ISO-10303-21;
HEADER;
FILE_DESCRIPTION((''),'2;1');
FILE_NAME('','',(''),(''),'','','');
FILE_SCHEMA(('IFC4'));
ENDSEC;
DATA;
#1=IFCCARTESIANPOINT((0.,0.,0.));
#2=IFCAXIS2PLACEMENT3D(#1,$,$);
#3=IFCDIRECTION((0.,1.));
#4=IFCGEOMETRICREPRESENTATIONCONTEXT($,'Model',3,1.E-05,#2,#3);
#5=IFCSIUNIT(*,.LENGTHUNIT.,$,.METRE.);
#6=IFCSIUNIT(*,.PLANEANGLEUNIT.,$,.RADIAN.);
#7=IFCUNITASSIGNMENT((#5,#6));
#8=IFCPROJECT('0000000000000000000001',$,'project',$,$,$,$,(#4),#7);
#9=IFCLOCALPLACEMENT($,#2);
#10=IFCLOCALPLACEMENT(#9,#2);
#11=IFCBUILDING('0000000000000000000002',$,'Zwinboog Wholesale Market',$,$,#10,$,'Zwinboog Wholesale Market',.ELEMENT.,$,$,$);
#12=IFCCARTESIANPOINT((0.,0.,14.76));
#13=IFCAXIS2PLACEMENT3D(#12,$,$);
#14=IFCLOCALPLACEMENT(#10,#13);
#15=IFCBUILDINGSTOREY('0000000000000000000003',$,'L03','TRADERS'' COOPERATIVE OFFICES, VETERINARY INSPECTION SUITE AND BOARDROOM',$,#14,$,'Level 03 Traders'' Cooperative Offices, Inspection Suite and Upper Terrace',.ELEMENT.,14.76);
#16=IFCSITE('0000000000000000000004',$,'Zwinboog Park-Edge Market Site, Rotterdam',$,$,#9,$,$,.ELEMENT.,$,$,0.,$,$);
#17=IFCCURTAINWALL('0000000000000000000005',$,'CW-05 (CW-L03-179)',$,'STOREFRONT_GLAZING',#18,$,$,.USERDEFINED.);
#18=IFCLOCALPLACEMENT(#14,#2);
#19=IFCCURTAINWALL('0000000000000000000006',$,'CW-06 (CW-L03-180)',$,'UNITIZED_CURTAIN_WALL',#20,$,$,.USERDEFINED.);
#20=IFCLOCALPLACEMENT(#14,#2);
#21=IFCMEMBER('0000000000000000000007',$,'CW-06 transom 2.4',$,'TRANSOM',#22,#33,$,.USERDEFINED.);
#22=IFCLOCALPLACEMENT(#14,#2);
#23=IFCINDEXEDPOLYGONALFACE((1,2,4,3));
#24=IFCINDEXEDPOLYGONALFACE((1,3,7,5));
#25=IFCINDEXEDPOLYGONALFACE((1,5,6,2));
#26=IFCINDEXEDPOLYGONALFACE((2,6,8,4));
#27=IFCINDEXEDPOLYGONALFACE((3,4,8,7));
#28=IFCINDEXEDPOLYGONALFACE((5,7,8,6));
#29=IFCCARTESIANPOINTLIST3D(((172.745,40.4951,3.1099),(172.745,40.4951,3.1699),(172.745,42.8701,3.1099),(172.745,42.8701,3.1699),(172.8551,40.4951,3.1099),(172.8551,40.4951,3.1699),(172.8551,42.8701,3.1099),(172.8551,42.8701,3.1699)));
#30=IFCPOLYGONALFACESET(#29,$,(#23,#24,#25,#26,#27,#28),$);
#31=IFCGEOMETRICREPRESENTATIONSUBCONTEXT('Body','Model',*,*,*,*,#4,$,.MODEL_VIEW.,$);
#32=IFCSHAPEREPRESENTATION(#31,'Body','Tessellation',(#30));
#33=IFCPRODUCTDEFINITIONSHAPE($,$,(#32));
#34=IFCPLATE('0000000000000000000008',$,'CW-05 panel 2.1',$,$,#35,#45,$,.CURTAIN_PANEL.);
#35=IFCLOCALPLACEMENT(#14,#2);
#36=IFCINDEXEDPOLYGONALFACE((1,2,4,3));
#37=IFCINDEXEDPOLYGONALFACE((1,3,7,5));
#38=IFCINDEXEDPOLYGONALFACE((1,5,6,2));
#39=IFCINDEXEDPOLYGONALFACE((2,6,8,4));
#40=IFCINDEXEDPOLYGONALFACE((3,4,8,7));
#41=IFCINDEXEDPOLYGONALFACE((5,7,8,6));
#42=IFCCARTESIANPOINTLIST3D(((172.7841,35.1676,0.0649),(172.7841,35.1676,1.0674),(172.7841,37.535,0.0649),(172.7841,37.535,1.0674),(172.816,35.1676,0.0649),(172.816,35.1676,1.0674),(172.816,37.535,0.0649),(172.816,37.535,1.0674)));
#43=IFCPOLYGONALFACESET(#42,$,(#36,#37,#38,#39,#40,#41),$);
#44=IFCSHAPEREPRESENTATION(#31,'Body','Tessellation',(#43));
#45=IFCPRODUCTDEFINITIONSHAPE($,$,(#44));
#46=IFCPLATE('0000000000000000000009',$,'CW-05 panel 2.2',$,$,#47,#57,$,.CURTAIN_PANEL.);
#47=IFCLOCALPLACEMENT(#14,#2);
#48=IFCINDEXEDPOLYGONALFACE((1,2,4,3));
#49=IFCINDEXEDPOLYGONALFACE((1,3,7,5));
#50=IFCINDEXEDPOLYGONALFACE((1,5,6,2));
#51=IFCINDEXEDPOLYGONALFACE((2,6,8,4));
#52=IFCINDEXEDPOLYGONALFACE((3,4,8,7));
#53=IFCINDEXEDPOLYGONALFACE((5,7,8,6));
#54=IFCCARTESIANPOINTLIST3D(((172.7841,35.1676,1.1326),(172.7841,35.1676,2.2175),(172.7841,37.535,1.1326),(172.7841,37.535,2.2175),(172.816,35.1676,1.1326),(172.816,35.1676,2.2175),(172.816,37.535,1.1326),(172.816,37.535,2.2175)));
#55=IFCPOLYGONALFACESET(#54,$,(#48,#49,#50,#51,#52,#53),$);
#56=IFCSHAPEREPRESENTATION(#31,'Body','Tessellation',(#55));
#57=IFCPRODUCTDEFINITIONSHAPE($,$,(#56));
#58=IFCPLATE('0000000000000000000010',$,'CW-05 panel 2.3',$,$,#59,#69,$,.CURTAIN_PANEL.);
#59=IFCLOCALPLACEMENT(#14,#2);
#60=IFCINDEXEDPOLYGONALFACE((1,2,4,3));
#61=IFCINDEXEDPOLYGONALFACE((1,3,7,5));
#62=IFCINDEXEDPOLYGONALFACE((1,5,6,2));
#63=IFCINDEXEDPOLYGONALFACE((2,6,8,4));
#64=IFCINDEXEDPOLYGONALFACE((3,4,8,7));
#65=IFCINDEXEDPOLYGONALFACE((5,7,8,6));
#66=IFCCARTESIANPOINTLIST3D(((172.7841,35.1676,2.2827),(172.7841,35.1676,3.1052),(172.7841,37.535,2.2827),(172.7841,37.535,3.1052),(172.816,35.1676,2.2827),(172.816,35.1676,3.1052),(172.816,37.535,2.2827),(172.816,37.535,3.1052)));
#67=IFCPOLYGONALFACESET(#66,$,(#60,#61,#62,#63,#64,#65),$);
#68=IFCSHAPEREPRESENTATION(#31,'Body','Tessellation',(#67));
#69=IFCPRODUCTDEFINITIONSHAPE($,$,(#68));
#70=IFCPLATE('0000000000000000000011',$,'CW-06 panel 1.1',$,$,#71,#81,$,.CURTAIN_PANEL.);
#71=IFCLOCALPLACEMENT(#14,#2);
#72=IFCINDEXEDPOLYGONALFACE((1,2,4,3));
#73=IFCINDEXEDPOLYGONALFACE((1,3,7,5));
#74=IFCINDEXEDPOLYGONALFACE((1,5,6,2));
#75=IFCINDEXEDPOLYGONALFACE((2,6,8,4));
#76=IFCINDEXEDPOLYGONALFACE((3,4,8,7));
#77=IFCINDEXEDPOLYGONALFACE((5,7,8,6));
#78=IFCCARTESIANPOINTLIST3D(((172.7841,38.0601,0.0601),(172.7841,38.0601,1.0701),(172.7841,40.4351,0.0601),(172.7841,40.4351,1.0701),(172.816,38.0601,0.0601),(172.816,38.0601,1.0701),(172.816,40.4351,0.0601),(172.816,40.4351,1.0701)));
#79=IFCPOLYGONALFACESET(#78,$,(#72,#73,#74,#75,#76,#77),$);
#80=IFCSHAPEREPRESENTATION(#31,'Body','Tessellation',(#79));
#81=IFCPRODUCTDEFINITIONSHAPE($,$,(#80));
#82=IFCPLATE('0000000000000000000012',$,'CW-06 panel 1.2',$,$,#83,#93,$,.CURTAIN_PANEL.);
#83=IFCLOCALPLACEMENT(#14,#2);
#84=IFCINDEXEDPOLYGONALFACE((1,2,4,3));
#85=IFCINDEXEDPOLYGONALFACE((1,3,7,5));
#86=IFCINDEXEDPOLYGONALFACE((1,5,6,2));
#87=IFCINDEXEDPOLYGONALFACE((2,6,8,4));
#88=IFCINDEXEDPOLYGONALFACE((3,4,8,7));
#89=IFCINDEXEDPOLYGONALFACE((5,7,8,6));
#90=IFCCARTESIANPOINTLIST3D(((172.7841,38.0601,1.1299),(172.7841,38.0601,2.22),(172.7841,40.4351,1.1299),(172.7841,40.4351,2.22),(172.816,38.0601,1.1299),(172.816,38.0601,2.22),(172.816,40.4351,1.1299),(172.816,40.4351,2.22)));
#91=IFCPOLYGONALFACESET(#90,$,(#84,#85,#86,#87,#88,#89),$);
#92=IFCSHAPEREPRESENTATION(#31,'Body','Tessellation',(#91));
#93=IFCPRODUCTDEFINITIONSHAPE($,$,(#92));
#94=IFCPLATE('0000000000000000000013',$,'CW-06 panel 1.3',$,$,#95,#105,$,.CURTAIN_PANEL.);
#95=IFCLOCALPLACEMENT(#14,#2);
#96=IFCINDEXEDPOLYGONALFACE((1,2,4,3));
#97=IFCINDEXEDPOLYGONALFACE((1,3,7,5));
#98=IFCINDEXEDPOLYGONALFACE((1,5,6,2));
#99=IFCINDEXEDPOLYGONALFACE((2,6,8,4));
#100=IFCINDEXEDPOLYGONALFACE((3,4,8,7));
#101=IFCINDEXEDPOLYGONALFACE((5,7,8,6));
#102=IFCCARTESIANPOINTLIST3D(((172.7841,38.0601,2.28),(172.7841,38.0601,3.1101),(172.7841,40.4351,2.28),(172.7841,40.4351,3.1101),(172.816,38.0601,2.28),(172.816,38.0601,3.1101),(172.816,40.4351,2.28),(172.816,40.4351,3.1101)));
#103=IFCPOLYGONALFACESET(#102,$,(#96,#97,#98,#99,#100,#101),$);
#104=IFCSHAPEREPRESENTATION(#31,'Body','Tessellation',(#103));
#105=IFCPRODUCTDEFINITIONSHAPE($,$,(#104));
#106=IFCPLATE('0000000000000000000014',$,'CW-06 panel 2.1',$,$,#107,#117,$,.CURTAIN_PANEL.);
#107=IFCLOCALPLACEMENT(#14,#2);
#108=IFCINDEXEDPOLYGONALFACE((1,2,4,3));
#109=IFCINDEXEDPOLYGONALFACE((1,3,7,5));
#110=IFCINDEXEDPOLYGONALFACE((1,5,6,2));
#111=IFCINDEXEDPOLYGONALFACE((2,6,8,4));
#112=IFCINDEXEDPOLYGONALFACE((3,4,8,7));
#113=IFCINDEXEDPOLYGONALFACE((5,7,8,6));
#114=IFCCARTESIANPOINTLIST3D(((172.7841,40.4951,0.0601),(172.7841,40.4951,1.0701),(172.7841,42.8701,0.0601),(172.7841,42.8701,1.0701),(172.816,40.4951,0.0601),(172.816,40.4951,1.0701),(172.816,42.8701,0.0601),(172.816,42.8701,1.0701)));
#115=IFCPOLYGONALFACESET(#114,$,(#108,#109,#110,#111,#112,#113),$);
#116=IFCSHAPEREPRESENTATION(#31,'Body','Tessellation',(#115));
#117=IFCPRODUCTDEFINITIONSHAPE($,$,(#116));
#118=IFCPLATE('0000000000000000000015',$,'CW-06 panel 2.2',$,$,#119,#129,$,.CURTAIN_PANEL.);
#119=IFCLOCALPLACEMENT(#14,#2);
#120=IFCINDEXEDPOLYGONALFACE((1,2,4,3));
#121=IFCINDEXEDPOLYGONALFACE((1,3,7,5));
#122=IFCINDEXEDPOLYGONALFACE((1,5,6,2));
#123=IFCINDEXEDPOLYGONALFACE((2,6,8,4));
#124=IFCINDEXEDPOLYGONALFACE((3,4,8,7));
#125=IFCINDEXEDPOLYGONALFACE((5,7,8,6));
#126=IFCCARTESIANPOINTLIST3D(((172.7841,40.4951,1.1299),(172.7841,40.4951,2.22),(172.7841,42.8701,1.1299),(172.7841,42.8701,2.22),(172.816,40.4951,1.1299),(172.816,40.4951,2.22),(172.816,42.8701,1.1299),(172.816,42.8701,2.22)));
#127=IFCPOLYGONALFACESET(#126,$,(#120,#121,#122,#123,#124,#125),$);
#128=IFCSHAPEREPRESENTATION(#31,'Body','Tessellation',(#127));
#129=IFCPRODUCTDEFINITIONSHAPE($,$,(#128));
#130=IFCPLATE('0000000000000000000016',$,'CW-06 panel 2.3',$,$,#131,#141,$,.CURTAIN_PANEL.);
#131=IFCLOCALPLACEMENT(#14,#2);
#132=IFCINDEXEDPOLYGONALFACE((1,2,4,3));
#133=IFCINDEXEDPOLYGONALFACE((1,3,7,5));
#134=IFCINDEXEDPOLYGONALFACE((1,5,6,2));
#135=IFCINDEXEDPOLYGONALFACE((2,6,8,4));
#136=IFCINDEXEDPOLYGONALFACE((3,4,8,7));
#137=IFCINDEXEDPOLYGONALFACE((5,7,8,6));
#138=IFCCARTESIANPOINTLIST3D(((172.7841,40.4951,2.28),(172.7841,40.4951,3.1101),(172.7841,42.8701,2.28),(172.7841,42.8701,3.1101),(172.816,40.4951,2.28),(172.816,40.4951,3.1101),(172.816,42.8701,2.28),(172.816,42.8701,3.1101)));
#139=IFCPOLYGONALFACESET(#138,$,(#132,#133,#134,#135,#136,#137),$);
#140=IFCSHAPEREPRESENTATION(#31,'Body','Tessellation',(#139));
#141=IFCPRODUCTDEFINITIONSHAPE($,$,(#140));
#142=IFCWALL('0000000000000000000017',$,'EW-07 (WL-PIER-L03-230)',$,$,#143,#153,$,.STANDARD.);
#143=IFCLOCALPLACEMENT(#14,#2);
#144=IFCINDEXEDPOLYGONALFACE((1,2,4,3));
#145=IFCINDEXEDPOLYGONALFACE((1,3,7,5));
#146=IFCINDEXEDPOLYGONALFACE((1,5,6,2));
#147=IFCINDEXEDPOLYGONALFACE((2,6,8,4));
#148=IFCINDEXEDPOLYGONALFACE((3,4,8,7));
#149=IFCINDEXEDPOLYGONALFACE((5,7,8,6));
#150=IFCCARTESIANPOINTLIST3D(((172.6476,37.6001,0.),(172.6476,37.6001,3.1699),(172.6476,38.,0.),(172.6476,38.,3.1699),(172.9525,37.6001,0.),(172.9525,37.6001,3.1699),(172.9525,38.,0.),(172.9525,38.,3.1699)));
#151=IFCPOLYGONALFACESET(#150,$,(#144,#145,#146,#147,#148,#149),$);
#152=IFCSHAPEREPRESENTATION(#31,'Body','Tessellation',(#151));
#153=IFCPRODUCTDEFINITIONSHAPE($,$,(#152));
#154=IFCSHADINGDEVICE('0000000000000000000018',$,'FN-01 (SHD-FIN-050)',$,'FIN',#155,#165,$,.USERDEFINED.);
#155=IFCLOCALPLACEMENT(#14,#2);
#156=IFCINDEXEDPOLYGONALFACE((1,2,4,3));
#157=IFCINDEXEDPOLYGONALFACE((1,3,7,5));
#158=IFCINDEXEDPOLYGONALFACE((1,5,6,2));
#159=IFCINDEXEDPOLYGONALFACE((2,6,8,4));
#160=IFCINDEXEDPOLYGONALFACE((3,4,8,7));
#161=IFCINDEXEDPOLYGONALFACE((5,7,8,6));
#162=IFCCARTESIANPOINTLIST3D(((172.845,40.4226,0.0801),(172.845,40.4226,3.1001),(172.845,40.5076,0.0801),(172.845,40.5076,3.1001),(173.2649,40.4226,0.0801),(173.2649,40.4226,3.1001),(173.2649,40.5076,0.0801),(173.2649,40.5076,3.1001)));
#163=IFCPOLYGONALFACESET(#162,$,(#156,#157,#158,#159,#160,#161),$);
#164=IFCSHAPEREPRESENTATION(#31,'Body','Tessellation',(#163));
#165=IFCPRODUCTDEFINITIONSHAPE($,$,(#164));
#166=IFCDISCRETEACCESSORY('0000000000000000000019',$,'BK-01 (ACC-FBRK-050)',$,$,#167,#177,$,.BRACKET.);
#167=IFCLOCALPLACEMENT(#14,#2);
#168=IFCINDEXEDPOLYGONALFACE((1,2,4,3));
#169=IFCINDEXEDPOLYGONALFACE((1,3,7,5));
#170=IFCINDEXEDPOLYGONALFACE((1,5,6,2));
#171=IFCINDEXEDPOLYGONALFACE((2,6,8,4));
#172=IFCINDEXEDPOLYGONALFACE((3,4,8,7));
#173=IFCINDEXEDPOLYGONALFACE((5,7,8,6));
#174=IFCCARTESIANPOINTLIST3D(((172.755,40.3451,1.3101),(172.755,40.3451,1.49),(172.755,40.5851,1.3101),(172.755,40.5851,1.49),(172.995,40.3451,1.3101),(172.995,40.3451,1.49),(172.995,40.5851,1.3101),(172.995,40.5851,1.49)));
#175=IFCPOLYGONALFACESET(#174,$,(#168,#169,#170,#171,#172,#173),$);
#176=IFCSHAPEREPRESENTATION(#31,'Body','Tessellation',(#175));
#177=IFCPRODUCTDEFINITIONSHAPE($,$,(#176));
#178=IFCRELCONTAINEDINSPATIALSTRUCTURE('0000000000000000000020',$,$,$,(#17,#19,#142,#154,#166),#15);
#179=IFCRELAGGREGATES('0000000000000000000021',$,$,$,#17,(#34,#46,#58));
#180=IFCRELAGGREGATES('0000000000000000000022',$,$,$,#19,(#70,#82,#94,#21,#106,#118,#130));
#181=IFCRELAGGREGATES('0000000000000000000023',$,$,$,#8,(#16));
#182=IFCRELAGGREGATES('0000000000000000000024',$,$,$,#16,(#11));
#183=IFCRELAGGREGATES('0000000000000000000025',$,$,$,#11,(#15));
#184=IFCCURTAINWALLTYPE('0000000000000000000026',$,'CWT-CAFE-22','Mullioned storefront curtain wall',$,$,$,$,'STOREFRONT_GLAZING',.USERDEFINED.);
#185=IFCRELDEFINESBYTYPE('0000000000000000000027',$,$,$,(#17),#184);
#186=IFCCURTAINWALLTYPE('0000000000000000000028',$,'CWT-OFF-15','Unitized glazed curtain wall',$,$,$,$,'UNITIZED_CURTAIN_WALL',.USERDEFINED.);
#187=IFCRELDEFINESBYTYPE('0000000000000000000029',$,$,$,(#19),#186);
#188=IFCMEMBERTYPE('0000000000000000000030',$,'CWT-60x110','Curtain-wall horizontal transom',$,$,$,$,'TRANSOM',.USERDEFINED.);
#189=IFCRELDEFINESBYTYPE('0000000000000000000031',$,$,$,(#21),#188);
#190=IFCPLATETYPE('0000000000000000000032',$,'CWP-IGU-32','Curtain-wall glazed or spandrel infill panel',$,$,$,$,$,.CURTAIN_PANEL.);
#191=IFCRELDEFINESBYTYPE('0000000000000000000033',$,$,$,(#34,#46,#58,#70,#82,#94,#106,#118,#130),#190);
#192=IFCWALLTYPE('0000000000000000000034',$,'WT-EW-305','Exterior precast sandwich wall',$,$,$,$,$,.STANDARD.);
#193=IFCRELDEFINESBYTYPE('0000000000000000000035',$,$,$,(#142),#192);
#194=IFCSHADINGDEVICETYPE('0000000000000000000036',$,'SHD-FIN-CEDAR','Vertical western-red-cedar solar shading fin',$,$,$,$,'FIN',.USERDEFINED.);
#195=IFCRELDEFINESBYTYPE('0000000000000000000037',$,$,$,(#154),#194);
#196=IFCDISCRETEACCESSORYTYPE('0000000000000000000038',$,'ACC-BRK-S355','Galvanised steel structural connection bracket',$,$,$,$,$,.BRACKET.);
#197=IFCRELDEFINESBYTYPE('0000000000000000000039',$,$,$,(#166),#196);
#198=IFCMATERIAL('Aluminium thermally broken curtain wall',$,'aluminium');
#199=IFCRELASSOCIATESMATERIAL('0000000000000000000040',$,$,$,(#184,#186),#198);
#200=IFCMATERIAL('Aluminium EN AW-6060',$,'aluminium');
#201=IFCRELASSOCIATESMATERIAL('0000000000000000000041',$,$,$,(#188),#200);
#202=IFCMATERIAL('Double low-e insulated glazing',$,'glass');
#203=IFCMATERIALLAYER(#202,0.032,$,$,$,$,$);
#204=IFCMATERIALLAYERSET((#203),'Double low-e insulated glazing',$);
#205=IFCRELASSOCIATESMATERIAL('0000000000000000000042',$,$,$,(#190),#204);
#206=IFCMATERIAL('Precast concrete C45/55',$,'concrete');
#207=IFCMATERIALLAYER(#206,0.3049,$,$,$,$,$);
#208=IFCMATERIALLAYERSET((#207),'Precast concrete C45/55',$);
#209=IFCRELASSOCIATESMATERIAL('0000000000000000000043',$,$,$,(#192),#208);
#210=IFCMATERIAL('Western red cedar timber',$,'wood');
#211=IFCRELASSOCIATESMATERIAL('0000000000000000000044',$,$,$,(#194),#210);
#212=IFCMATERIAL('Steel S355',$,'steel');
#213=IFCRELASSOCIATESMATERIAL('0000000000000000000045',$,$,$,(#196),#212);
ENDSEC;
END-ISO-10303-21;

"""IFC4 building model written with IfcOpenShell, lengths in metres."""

from ifc_helpers import new_model, si_unit, direction, frame, frame_2d, origin, origin_2d, place, context, subcontext, project, spatial, rectangle, extrude, material, layer, layer_set, material_profile, profile_set, type_object, element, aggregate, save


model = new_model("IFC4")

# Units and contexts
model_context = context("Model", 3, precision=1e-05, world=origin(), true_north=direction((0.0, 1.0)))
body_context = subcontext(model_context, "Body", "Model", "MODEL_VIEW")
ifc_project = project(units=[si_unit("LENGTHUNIT", "METRE"), si_unit("PLANEANGLEUNIT", "RADIAN")], contexts=[model_context])

# Site, building, storey
site_placement = place(None, origin())
site = spatial("IfcSite", under=ifc_project, at=site_placement, Name="Zwinboog Park-Edge Market Site, Rotterdam", CompositionType="ELEMENT", RefElevation=0.0)
building_placement = place(site_placement, origin())
building = spatial("IfcBuilding", under=site, at=building_placement, Name="Zwinboog Wholesale Market", LongName="Zwinboog Wholesale Market", CompositionType="ELEMENT")
storey_placement = place(building_placement, frame((0.0, 0.0, 14.76)))
storey = spatial("IfcBuildingStorey", under=building, at=storey_placement, Name="L03", Description="TRADERS' COOPERATIVE OFFICES, VETERINARY INSPECTION SUITE AND BOARDROOM", LongName="Level 03 Traders' Cooperative Offices, Inspection Suite and Upper Terrace", CompositionType="ELEMENT", Elevation=14.76)

# Shared definitions
ifc_material_1 = material(Name="Precast concrete C45/55", Category="concrete")

# Curtain wall
ifc_material_2 = material(Name="Aluminium thermally broken curtain wall", Category="aluminium")
curtain_wall_type_1 = type_object("IfcCurtainWallType", Name="CWT-CAFE-22", Description="Mullioned storefront curtain wall", ElementType="STOREFRONT_GLAZING", PredefinedType="USERDEFINED", material=ifc_material_2)
curtain_wall_1_placement = place(storey_placement, origin())
curtain_wall_1 = element("IfcCurtainWall", 1, at=curtain_wall_1_placement, inside=storey, type_object=curtain_wall_type_1, Name="CW-05 (CW-L03-179)", ObjectType="STOREFRONT_GLAZING", PredefinedType="USERDEFINED")
ifc_material_3 = material(Name="Aluminium EN AW-6060", Category="aluminium")

# Curtain wall
curtain_wall_type_2 = type_object("IfcCurtainWallType", Name="CWT-OFF-15", Description="Unitized glazed curtain wall", ElementType="UNITIZED_CURTAIN_WALL", PredefinedType="USERDEFINED", material=ifc_material_2)
curtain_wall_2_placement = place(storey_placement, origin())
curtain_wall_2 = element("IfcCurtainWall", 2, at=curtain_wall_2_placement, inside=storey, type_object=curtain_wall_type_2, Name="CW-06 (CW-L03-180)", ObjectType="UNITIZED_CURTAIN_WALL", PredefinedType="USERDEFINED")

# Member
ifc_material_profile_1 = material_profile(ifc_material_3, rectangle(XDim=0.1101, YDim=0.0601, at=origin_2d()), Name="AL 60x110")
ifc_profile_set_1 = profile_set([ifc_material_profile_1], Name="Aluminium EN AW-6060")
member_type_1 = type_object("IfcMemberType", Name="CWT-60x110", Description="Curtain-wall horizontal transom", ElementType="TRANSOM", PredefinedType="USERDEFINED", material=ifc_profile_set_1)
member_1_placement = place(storey_placement, frame((172.8, 40.4951, 3.1399), z_axis=(0.0, 1.0, 0.0), x_axis=(-1.0, 0.0, 0.0)))
member_1 = element("IfcMember", 3, at=member_1_placement, type_object=member_type_1, Name="CW-06 transom 2.4", ObjectType="TRANSOM", PredefinedType="USERDEFINED", context=body_context, shape_type="SweptSolid", body=[
    extrude(rectangle(XDim=0.1101, YDim=0.0601, at=origin_2d()), origin(), (0.0, 0.0, 1.0), 2.375),
])

# Plates
ifc_material_4 = material(Name="Double low-e insulated glazing", Category="glass")
ifc_layer_1 = layer(ifc_material_4, 0.032)
ifc_layer_set_1 = layer_set([ifc_layer_1], Name="Double low-e insulated glazing")
plate_type = type_object("IfcPlateType", Name="CWP-IGU-32", Description="Curtain-wall glazed or spandrel infill panel", PredefinedType="CURTAIN_PANEL", material=ifc_layer_set_1)
plate_1_placement = place(storey_placement, frame((172.8, 36.3513, 0.0649), z_axis=(0.0, 0.0, 1.0), x_axis=(0.0, 1.0, 0.0)))
plate_1 = element("IfcPlate", 4, at=plate_1_placement, type_object=plate_type, Name="CW-05 panel 2.1", PredefinedType="CURTAIN_PANEL", context=body_context, shape_type="SweptSolid", body=[
    extrude(rectangle(XDim=2.3674, YDim=0.032, at=origin_2d()), origin(), (0.0, 0.0, 1.0), 1.0024),
])
plate_2_placement = place(storey_placement, frame((172.8, 36.3513, 1.1326), z_axis=(0.0, 0.0, 1.0), x_axis=(0.0, 1.0, 0.0)))
plate_2 = element("IfcPlate", 5, at=plate_2_placement, type_object=plate_type, Name="CW-05 panel 2.2", PredefinedType="CURTAIN_PANEL", context=body_context, shape_type="SweptSolid", body=[
    extrude(rectangle(XDim=2.3674, YDim=0.032, at=origin_2d()), origin(), (0.0, 0.0, 1.0), 1.085),
])
plate_3_placement = place(storey_placement, frame((172.8, 36.3513, 2.2827), z_axis=(0.0, 0.0, 1.0), x_axis=(0.0, 1.0, 0.0)))
plate_3 = element("IfcPlate", 6, at=plate_3_placement, type_object=plate_type, Name="CW-05 panel 2.3", PredefinedType="CURTAIN_PANEL", context=body_context, shape_type="SweptSolid", body=[
    extrude(rectangle(XDim=2.3674, YDim=0.032, at=origin_2d()), origin(), (0.0, 0.0, 1.0), 0.8225),
])
aggregate(curtain_wall_1, [plate_1, plate_2, plate_3])
plate_4_placement = place(storey_placement, frame((172.8, 39.2476, 0.0601), z_axis=(0.0, 0.0, 1.0), x_axis=(0.0, 1.0, 0.0)))
plate_4 = element("IfcPlate", 7, at=plate_4_placement, type_object=plate_type, Name="CW-06 panel 1.1", PredefinedType="CURTAIN_PANEL", context=body_context, shape_type="SweptSolid", body=[
    extrude(rectangle(XDim=2.375, YDim=0.032, at=origin_2d()), origin(), (0.0, 0.0, 1.0), 1.01),
])
plate_5_placement = place(storey_placement, frame((172.8, 39.2476, 1.1299), z_axis=(0.0, 0.0, 1.0), x_axis=(0.0, 1.0, 0.0)))
plate_5 = element("IfcPlate", 8, at=plate_5_placement, type_object=plate_type, Name="CW-06 panel 1.2", PredefinedType="CURTAIN_PANEL", context=body_context, shape_type="SweptSolid", body=[
    extrude(rectangle(XDim=2.375, YDim=0.032, at=origin_2d()), origin(), (0.0, 0.0, 1.0), 1.0901),
])
plate_6_placement = place(storey_placement, frame((172.8, 39.2476, 2.28), z_axis=(0.0, 0.0, 1.0), x_axis=(0.0, 1.0, 0.0)))
plate_6 = element("IfcPlate", 9, at=plate_6_placement, type_object=plate_type, Name="CW-06 panel 1.3", PredefinedType="CURTAIN_PANEL", context=body_context, shape_type="SweptSolid", body=[
    extrude(rectangle(XDim=2.375, YDim=0.032, at=origin_2d()), origin(), (0.0, 0.0, 1.0), 0.8301),
])
plate_7_placement = place(storey_placement, frame((172.8, 41.6826, 0.0601), z_axis=(0.0, 0.0, 1.0), x_axis=(0.0, 1.0, 0.0)))
plate_7 = element("IfcPlate", 10, at=plate_7_placement, type_object=plate_type, Name="CW-06 panel 2.1", PredefinedType="CURTAIN_PANEL", context=body_context, shape_type="SweptSolid", body=[
    extrude(rectangle(XDim=2.375, YDim=0.032, at=origin_2d()), origin(), (0.0, 0.0, 1.0), 1.01),
])
plate_8_placement = place(storey_placement, frame((172.8, 41.6826, 1.1299), z_axis=(0.0, 0.0, 1.0), x_axis=(0.0, 1.0, 0.0)))
plate_8 = element("IfcPlate", 11, at=plate_8_placement, type_object=plate_type, Name="CW-06 panel 2.2", PredefinedType="CURTAIN_PANEL", context=body_context, shape_type="SweptSolid", body=[
    extrude(rectangle(XDim=2.375, YDim=0.032, at=origin_2d()), origin(), (0.0, 0.0, 1.0), 1.0901),
])
plate_9_placement = place(storey_placement, frame((172.8, 41.6826, 2.28), z_axis=(0.0, 0.0, 1.0), x_axis=(0.0, 1.0, 0.0)))
plate_9 = element("IfcPlate", 12, at=plate_9_placement, type_object=plate_type, Name="CW-06 panel 2.3", PredefinedType="CURTAIN_PANEL", context=body_context, shape_type="SweptSolid", body=[
    extrude(rectangle(XDim=2.375, YDim=0.032, at=origin_2d()), origin(), (0.0, 0.0, 1.0), 0.8301),
])
aggregate(curtain_wall_2, [plate_4, plate_5, plate_6, member_1, plate_7, plate_8, plate_9])

# Wall
ifc_layer_2 = layer(ifc_material_1, 0.3049)
ifc_layer_set_2 = layer_set([ifc_layer_2], Name="Precast concrete C45/55")
wall_type = type_object("IfcWallType", Name="WT-EW-305", Description="Exterior precast sandwich wall", PredefinedType="STANDARD", material=ifc_layer_set_2)
wall_placement = place(storey_placement, frame((172.8, 37.6001, 0.0), z_axis=(0.0, 0.0, 1.0), x_axis=(0.0, 1.0, 0.0)))
element("IfcWall", 13, at=wall_placement, inside=storey, type_object=wall_type, Name="EW-07 (WL-PIER-L03-230)", PredefinedType="STANDARD", context=body_context, shape_type="SweptSolid", body=[
    extrude(rectangle(XDim=0.3999, YDim=0.3049, at=frame_2d((0.2, 0.0))), origin(), (0.0, 0.0, 1.0), 3.1699),
])

# Shading device
ifc_material_5 = material(Name="Western red cedar timber", Category="wood")
shading_device_type = type_object("IfcShadingDeviceType", Name="SHD-FIN-CEDAR", Description="Vertical western-red-cedar solar shading fin", ElementType="FIN", PredefinedType="USERDEFINED", material=ifc_material_5)
shading_device_placement = place(storey_placement, frame((173.0549, 40.4651, 0.0801), z_axis=(0.0, 0.0, 1.0), x_axis=(1.0, 0.0, 0.0)))
element("IfcShadingDevice", 14, at=shading_device_placement, inside=storey, type_object=shading_device_type, Name="FN-01 (SHD-FIN-050)", ObjectType="FIN", PredefinedType="USERDEFINED", context=body_context, shape_type="SweptSolid", body=[
    extrude(rectangle(XDim=0.4199, YDim=0.085, at=origin_2d()), origin(), (0.0, 0.0, 1.0), 3.02),
])

# Discrete accessory
ifc_material_6 = material(Name="Steel S355", Category="steel")
discrete_accessory_type = type_object("IfcDiscreteAccessoryType", Name="ACC-BRK-S355", Description="Galvanised steel structural connection bracket", PredefinedType="BRACKET", material=ifc_material_6)
discrete_accessory_placement = place(storey_placement, frame((172.875, 40.4651, 1.3101), z_axis=(0.0, 0.0, 1.0), x_axis=(1.0, 0.0, 0.0)))
element("IfcDiscreteAccessory", 15, at=discrete_accessory_placement, inside=storey, type_object=discrete_accessory_type, Name="BK-01 (ACC-FBRK-050)", PredefinedType="BRACKET", context=body_context, shape_type="SweptSolid", body=[
    extrude(rectangle(XDim=0.24, YDim=0.24, at=origin_2d()), origin(), (0.0, 0.0, 1.0), 0.1799),
])

save(model, "model.ifc")
